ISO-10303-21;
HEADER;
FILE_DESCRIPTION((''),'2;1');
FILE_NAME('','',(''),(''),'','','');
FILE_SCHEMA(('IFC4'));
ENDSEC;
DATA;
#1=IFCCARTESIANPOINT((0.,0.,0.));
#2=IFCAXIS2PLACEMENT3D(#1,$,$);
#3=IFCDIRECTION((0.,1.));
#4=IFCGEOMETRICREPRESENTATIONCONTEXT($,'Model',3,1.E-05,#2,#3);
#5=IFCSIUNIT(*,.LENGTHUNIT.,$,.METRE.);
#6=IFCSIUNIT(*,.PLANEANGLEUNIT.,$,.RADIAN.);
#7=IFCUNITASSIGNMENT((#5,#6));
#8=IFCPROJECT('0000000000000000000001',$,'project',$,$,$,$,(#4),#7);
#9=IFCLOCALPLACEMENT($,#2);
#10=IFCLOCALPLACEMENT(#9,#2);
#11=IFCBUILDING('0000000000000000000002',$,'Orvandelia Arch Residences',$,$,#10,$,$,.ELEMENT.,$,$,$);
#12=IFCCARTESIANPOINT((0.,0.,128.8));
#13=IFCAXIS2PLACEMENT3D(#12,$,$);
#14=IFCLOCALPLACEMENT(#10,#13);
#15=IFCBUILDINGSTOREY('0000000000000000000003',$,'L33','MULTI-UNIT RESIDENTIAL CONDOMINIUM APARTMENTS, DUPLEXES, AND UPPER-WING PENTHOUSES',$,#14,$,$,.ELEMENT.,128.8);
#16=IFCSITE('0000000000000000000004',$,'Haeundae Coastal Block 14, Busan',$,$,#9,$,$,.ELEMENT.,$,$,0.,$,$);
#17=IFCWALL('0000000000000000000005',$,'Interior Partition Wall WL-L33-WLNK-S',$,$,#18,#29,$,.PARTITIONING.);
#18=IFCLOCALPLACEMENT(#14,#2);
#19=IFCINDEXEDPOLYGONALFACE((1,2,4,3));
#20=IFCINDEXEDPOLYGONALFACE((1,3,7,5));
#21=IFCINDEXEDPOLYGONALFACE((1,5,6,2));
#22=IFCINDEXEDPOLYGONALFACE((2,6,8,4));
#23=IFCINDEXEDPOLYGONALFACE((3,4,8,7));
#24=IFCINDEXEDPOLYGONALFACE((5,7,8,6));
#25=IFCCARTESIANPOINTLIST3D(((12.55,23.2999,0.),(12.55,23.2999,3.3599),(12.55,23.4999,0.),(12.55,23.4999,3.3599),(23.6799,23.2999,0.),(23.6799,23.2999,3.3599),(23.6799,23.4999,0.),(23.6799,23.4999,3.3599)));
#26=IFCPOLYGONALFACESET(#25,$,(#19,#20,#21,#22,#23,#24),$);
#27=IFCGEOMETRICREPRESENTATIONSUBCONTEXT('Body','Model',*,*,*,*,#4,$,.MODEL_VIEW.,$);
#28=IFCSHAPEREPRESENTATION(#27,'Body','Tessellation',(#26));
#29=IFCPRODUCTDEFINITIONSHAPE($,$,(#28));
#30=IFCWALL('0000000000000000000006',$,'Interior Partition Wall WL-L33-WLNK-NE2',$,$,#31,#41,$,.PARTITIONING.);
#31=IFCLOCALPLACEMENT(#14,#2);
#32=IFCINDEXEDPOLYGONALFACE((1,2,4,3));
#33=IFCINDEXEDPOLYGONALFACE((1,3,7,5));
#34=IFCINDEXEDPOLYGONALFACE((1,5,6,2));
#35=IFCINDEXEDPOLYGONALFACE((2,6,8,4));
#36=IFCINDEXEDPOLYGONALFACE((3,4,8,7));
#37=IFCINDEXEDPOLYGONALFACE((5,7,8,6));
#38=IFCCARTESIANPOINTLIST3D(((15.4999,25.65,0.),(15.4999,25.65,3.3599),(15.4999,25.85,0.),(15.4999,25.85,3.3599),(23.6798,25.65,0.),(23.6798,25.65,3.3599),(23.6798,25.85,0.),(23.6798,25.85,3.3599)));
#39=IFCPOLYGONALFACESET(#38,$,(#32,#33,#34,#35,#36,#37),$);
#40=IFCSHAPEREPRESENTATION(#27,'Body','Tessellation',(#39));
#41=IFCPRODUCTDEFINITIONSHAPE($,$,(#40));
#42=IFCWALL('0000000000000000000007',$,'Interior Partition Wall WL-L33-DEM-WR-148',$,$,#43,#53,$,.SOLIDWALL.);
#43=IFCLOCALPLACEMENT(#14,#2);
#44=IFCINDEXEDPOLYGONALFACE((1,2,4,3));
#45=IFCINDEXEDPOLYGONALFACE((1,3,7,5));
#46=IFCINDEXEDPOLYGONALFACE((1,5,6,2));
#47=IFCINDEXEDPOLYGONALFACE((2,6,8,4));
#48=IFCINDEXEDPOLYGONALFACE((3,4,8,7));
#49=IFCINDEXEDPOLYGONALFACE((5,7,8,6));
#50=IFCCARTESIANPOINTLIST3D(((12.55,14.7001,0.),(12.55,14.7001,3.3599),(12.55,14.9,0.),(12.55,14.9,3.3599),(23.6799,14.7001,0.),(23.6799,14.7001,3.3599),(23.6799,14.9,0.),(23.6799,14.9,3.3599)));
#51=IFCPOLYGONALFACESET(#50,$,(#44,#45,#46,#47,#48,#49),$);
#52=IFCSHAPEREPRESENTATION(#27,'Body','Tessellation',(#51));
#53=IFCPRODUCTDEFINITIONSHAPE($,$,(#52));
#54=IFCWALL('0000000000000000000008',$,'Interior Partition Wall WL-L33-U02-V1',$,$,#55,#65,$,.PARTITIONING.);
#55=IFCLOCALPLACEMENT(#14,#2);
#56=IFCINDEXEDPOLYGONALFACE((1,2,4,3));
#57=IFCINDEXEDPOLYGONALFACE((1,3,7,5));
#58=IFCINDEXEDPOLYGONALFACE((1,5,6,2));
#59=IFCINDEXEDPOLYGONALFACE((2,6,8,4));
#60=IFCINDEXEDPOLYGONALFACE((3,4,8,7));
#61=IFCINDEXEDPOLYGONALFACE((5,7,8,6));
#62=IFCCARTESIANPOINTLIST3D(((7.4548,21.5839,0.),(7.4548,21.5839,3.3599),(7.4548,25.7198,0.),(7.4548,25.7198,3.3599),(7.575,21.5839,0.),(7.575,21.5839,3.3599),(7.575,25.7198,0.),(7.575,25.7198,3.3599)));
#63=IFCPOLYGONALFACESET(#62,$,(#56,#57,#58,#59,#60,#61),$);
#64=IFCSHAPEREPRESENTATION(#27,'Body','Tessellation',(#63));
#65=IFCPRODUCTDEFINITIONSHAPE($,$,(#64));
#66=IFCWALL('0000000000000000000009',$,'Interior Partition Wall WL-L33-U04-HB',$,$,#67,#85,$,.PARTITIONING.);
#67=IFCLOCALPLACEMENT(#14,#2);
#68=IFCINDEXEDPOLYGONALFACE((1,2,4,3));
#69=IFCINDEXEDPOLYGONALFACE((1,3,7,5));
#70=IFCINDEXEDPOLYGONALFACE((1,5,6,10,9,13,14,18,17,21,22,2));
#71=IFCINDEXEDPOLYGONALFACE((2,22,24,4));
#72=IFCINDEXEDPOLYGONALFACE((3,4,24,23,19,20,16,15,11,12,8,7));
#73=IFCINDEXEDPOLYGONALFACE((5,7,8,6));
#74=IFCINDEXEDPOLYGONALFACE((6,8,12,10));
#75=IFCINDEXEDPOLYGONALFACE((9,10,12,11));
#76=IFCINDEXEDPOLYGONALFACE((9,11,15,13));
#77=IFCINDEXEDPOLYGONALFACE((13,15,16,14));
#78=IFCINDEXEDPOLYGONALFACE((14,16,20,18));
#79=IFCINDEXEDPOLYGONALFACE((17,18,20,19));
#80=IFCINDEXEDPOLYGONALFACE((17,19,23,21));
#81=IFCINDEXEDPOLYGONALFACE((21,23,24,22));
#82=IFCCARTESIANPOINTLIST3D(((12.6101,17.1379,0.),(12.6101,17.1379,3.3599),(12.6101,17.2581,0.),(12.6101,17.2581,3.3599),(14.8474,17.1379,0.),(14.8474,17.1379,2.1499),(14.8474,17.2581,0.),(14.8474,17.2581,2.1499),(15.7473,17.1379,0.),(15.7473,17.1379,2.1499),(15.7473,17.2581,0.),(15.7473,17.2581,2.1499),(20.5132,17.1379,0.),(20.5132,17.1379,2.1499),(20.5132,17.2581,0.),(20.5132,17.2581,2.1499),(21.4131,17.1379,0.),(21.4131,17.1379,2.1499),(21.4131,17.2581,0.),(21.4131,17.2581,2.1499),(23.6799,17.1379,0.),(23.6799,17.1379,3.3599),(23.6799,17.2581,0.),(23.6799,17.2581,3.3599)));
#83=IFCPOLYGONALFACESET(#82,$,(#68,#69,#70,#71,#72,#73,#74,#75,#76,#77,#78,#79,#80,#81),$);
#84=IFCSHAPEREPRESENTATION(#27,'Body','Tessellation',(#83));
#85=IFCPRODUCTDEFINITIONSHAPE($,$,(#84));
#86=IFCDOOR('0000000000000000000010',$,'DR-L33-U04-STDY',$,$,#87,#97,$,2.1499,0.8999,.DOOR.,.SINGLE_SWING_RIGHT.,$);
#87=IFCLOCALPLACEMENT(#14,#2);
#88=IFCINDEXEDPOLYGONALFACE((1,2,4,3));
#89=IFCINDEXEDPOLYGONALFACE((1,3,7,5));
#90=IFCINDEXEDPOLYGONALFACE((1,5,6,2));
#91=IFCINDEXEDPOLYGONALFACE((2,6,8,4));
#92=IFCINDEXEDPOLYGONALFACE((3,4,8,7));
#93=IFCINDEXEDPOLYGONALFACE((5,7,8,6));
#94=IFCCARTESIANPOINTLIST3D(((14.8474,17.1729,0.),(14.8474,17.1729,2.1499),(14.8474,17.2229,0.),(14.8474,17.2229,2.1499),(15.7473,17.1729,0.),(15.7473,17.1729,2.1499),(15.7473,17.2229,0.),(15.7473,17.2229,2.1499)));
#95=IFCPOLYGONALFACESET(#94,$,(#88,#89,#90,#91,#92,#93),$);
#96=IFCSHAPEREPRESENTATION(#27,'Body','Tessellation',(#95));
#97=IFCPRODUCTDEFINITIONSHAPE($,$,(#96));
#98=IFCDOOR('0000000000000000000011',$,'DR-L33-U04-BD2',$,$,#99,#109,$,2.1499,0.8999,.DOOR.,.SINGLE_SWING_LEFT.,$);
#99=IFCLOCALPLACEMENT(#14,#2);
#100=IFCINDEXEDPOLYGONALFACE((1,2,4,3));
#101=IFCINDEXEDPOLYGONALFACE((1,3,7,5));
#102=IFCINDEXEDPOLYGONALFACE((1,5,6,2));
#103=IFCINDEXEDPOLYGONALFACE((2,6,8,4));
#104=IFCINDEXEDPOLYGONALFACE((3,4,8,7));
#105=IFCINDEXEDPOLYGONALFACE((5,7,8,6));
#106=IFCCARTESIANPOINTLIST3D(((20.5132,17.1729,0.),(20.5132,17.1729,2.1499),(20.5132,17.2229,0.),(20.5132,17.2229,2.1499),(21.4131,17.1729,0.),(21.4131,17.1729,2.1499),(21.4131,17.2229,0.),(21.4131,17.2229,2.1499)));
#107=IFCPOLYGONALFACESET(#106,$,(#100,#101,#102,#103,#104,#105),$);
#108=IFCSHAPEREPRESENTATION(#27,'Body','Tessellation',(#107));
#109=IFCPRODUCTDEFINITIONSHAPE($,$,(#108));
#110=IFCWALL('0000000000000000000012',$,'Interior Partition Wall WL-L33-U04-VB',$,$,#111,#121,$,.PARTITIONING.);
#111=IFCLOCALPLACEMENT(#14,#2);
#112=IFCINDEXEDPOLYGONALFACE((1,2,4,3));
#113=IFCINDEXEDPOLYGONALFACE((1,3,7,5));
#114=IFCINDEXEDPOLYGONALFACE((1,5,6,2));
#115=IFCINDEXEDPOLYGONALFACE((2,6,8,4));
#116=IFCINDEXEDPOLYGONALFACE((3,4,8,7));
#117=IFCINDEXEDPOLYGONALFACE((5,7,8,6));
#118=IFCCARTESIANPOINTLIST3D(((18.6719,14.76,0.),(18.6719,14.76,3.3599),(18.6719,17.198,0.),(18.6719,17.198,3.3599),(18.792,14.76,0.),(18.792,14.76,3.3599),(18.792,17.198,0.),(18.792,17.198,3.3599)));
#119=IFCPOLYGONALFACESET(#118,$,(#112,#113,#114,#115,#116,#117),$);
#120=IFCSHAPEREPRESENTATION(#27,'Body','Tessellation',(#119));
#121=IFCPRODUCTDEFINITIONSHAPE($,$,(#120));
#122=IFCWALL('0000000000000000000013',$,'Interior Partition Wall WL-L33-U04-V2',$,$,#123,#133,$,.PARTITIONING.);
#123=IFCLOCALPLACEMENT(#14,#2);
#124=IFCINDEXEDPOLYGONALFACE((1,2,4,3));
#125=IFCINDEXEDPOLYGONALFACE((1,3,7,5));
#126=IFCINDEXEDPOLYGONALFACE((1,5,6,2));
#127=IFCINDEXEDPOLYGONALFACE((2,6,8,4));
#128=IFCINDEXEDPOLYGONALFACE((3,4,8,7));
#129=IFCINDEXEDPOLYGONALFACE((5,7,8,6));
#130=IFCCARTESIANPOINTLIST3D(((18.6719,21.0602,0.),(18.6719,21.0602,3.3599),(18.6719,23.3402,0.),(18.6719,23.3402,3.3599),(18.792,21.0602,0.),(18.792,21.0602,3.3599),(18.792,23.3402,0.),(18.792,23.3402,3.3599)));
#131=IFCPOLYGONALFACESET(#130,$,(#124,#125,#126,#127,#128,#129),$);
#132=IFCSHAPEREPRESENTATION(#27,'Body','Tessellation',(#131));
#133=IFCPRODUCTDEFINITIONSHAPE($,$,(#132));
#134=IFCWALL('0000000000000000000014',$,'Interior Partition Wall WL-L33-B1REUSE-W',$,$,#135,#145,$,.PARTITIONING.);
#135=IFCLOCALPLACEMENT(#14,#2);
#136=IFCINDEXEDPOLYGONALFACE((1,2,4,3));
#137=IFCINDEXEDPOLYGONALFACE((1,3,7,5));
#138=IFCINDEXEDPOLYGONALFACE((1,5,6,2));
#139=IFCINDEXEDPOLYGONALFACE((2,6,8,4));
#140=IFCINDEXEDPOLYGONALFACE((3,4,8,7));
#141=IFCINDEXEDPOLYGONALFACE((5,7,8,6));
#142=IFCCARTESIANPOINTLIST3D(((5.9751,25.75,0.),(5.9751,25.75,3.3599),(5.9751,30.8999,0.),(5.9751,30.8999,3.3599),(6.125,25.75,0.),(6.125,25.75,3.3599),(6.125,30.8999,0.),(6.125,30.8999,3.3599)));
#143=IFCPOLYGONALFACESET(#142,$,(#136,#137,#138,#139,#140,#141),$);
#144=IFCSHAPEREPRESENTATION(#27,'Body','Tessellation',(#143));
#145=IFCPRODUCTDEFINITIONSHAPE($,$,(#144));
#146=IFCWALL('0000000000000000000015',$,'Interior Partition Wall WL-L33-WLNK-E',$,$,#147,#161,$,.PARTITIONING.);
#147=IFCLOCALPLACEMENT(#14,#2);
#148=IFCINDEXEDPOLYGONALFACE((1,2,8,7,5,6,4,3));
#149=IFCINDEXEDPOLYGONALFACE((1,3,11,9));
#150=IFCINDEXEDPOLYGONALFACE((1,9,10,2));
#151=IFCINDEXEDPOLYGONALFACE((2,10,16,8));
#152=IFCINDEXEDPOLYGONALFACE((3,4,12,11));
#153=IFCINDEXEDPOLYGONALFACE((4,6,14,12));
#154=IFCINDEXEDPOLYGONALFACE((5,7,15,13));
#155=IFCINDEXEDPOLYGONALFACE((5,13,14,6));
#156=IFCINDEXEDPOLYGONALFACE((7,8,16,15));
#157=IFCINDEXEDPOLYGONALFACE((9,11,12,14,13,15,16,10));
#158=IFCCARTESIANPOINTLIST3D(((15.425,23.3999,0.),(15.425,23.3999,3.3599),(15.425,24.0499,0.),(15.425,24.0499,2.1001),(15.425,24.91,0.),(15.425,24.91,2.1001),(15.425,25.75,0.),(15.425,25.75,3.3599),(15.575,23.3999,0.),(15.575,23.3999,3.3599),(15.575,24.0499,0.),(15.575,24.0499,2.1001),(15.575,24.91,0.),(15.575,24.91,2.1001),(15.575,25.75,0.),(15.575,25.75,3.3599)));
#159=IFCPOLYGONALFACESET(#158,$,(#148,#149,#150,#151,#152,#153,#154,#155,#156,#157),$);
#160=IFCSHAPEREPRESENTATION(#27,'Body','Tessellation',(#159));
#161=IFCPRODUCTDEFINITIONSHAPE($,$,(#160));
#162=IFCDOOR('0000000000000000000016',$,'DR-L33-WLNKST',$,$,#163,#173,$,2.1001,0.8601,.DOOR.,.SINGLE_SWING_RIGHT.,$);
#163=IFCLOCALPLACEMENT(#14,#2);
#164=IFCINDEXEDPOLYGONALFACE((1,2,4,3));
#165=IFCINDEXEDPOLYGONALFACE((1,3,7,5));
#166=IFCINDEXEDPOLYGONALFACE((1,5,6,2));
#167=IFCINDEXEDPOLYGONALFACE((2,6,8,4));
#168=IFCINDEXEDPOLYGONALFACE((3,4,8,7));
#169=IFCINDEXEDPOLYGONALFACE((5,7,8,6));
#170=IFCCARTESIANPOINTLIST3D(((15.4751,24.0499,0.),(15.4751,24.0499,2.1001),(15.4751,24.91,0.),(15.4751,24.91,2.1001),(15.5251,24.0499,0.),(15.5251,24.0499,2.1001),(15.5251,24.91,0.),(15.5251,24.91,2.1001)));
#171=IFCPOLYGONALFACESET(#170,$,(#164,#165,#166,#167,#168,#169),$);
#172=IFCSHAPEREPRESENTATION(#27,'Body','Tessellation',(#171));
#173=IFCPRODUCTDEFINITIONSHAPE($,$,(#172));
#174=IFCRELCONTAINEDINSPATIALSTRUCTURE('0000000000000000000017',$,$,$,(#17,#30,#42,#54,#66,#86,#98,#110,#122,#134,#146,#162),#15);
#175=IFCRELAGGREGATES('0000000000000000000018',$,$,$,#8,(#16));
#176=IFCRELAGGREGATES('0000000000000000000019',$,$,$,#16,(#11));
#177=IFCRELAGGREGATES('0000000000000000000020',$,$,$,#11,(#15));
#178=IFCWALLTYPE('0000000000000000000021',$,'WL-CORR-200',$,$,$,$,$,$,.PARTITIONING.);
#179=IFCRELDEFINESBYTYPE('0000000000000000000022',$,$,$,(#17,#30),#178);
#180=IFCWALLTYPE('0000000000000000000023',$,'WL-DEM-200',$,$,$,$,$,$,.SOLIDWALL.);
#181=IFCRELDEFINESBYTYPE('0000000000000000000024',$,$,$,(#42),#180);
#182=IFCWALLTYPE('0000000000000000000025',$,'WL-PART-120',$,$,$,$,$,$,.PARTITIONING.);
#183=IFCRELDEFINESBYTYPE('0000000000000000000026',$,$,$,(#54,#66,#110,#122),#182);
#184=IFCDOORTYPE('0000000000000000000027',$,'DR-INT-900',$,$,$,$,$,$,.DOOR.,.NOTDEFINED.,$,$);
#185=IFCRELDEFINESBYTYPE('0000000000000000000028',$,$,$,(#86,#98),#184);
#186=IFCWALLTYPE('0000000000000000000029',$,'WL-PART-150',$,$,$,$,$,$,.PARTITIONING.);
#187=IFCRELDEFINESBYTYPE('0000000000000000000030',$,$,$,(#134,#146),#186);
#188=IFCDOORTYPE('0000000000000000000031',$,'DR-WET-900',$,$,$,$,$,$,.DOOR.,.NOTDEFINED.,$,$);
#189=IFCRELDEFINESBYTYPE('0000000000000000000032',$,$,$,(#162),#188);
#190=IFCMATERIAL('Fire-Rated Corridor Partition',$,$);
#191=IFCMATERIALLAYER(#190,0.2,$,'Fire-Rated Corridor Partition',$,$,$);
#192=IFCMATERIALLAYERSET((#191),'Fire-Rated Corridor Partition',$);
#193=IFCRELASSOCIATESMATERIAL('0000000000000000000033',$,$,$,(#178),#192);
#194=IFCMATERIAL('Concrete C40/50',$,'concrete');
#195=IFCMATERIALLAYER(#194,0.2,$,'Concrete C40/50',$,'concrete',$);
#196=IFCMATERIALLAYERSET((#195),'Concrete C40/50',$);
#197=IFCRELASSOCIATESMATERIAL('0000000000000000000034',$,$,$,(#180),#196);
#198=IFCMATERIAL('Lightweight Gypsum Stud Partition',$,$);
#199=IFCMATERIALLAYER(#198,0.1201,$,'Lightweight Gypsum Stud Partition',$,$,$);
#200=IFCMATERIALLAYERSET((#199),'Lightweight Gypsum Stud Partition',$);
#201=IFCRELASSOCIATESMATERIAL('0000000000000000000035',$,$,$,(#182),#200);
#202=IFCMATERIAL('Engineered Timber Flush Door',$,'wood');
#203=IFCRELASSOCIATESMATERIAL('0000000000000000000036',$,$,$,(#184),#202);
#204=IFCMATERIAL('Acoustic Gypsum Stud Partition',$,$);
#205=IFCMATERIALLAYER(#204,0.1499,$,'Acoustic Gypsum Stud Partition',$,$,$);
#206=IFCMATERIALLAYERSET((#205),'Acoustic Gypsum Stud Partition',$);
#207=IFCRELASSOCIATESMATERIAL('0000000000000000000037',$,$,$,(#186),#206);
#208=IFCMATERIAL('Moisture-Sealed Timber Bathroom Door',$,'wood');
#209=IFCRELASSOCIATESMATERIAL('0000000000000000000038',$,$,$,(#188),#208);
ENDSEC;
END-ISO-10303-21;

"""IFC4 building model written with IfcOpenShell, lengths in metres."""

from ifc_helpers import new_model, si_unit, direction, frame, frame_2d, origin, place, context, subcontext, project, spatial, rectangle, extrude, material, layer, layer_set, type_object, element, fill, save


model = new_model("IFC4")

# Units and contexts
model_context = context("Model", 3, precision=1e-05, world=origin(), true_north=direction((0.0, 1.0)))
body_context = subcontext(model_context, "Body", "Model", "MODEL_VIEW")
ifc_project = project(units=[si_unit("LENGTHUNIT", "METRE"), si_unit("PLANEANGLEUNIT", "RADIAN")], contexts=[model_context])

# Site, building, storey
site_placement = place(None, origin())
site = spatial("IfcSite", under=ifc_project, at=site_placement, Name="Haeundae Coastal Block 14, Busan", CompositionType="ELEMENT", RefElevation=0.0)
building_placement = place(site_placement, origin())
building = spatial("IfcBuilding", under=site, at=building_placement, Name="Orvandelia Arch Residences", CompositionType="ELEMENT")
storey_placement = place(building_placement, frame((0.0, 0.0, 128.8)))
storey = spatial("IfcBuildingStorey", under=building, at=storey_placement, Name="L33", Description="MULTI-UNIT RESIDENTIAL CONDOMINIUM APARTMENTS, DUPLEXES, AND UPPER-WING PENTHOUSES", CompositionType="ELEMENT", Elevation=128.8)

# Walls
ifc_material_1 = material(Name="Fire-Rated Corridor Partition")
ifc_layer_1 = layer(ifc_material_1, 0.2, Name="Fire-Rated Corridor Partition")
ifc_layer_set_1 = layer_set([ifc_layer_1], Name="Fire-Rated Corridor Partition")
wall_type_1 = type_object("IfcWallType", Name="WL-CORR-200", PredefinedType="PARTITIONING", material=ifc_layer_set_1)
wall_1_placement = place(storey_placement, frame((12.55, 23.3999, 0.0), z_axis=(0.0, 0.0, 1.0), x_axis=(1.0, 0.0, 0.0)))
element("IfcWall", 1, at=wall_1_placement, inside=storey, type_object=wall_type_1, Name="Interior Partition Wall WL-L33-WLNK-S", PredefinedType="PARTITIONING", context=body_context, shape_type="SweptSolid", body=[
    extrude(rectangle(XDim=11.1299, YDim=0.2, at=frame_2d((5.5649, 0.0))), origin(), (0.0, 0.0, 1.0), 3.3599),
])
wall_2_placement = place(storey_placement, frame((15.5, 25.75, 0.0), z_axis=(0.0, 0.0, 1.0), x_axis=(1.0, 0.0, 0.0)))
element("IfcWall", 2, at=wall_2_placement, inside=storey, type_object=wall_type_1, Name="Interior Partition Wall WL-L33-WLNK-NE2", PredefinedType="PARTITIONING", context=body_context, shape_type="SweptSolid", body=[
    extrude(rectangle(XDim=8.1799, YDim=0.2, at=frame_2d((4.0898, 0.0))), origin(), (0.0, 0.0, 1.0), 3.3599),
])
ifc_material_2 = material(Name="Concrete C40/50", Category="concrete")
ifc_layer_2 = layer(ifc_material_2, 0.2, Name="Concrete C40/50", Category="concrete")
ifc_layer_set_2 = layer_set([ifc_layer_2], Name="Concrete C40/50")
wall_type_2 = type_object("IfcWallType", Name="WL-DEM-200", PredefinedType="SOLIDWALL", material=ifc_layer_set_2)
wall_3_placement = place(storey_placement, frame((12.55, 14.8, 0.0), z_axis=(0.0, 0.0, 1.0), x_axis=(1.0, 0.0, 0.0)))
element("IfcWall", 3, at=wall_3_placement, inside=storey, type_object=wall_type_2, Name="Interior Partition Wall WL-L33-DEM-WR-148", PredefinedType="SOLIDWALL", context=body_context, shape_type="SweptSolid", body=[
    extrude(rectangle(XDim=11.1299, YDim=0.2, at=frame_2d((5.5649, 0.0))), origin(), (0.0, 0.0, 1.0), 3.3599),
])
ifc_material_3 = material(Name="Lightweight Gypsum Stud Partition")
ifc_layer_3 = layer(ifc_material_3, 0.1201, Name="Lightweight Gypsum Stud Partition")
ifc_layer_set_3 = layer_set([ifc_layer_3], Name="Lightweight Gypsum Stud Partition")
wall_type_3 = type_object("IfcWallType", Name="WL-PART-120", PredefinedType="PARTITIONING", material=ifc_layer_set_3)
wall_4_placement = place(storey_placement, frame((7.5149, 21.584, 0.0), z_axis=(0.0, 0.0, 1.0), x_axis=(0.0, 1.0, 0.0)))
element("IfcWall", 4, at=wall_4_placement, inside=storey, type_object=wall_type_3, Name="Interior Partition Wall WL-L33-U02-V1", PredefinedType="PARTITIONING", context=body_context, shape_type="SweptSolid", body=[
    extrude(rectangle(XDim=4.136, YDim=0.1201, at=frame_2d((2.0679, 0.0))), origin(), (0.0, 0.0, 1.0), 3.3599),
])

# Wall, openings, doors
wall_5_placement = place(storey_placement, frame((12.6101, 17.198, 0.0), z_axis=(0.0, 0.0, 1.0), x_axis=(1.0, 0.0, 0.0)))
wall_5 = element("IfcWall", 5, at=wall_5_placement, inside=storey, type_object=wall_type_3, Name="Interior Partition Wall WL-L33-U04-HB", PredefinedType="PARTITIONING", context=body_context, shape_type="SweptSolid", body=[
    extrude(rectangle(XDim=11.0698, YDim=0.1201, at=frame_2d((5.5349, 0.0))), origin(), (0.0, 0.0, 1.0), 3.3599),
])
opening_1_placement = place(wall_5_placement, frame((2.2373, 0.0, 0.0)))
opening_1 = element("IfcOpeningElement", 6, at=opening_1_placement, cuts=wall_5, PredefinedType="OPENING", context=body_context, shape_type="SweptSolid", body=[
    extrude(rectangle(XDim=0.8999, YDim=2.1499, at=frame_2d((0.45, 1.075))), frame((0.0, 0.0701, 0.0), z_axis=(0.0, -1.0, 0.0), x_axis=(1.0, 0.0, 0.0)), (0.0, 0.0, 1.0), 0.1401),
])
opening_2_placement = place(wall_5_placement, frame((7.9031, 0.0, 0.0)))
opening_2 = element("IfcOpeningElement", 7, at=opening_2_placement, cuts=wall_5, PredefinedType="OPENING", context=body_context, shape_type="SweptSolid", body=[
    extrude(rectangle(XDim=0.8999, YDim=2.1499, at=frame_2d((0.45, 1.075))), frame((0.0, 0.0701, 0.0), z_axis=(0.0, -1.0, 0.0), x_axis=(1.0, 0.0, 0.0)), (0.0, 0.0, 1.0), 0.1401),
])
ifc_material_4 = material(Name="Engineered Timber Flush Door", Category="wood")
door_type_1 = type_object("IfcDoorType", Name="DR-INT-900", OperationType="NOTDEFINED", PredefinedType="DOOR", material=ifc_material_4)
door_1_placement = place(opening_1_placement, origin())
door_1 = element("IfcDoor", 8, at=door_1_placement, inside=storey, type_object=door_type_1, Name="DR-L33-U04-STDY", OperationType="SINGLE_SWING_RIGHT", OverallHeight=2.1499, OverallWidth=0.8999, PredefinedType="DOOR", context=body_context, shape_type="SweptSolid", body=[
    extrude(rectangle(XDim=0.8999, YDim=2.1499, at=frame_2d((0.45, 1.075))), frame((0.0, 0.0249, 0.0), z_axis=(0.0, -1.0, 0.0), x_axis=(1.0, 0.0, 0.0)), (0.0, 0.0, 1.0), 0.05),
])
fill(opening_1, door_1)
door_2_placement = place(opening_2_placement, origin())
door_2 = element("IfcDoor", 9, at=door_2_placement, inside=storey, type_object=door_type_1, Name="DR-L33-U04-BD2", OperationType="SINGLE_SWING_LEFT", OverallHeight=2.1499, OverallWidth=0.8999, PredefinedType="DOOR", context=body_context, shape_type="SweptSolid", body=[
    extrude(rectangle(XDim=0.8999, YDim=2.1499, at=frame_2d((0.45, 1.075))), frame((0.0, 0.0249, 0.0), z_axis=(0.0, -1.0, 0.0), x_axis=(1.0, 0.0, 0.0)), (0.0, 0.0, 1.0), 0.05),
])
fill(opening_2, door_2)

# Walls
wall_6_placement = place(storey_placement, frame((18.7319, 14.76, 0.0), z_axis=(0.0, 0.0, 1.0), x_axis=(0.0, 1.0, 0.0)))
element("IfcWall", 10, at=wall_6_placement, inside=storey, type_object=wall_type_3, Name="Interior Partition Wall WL-L33-U04-VB", PredefinedType="PARTITIONING", context=body_context, shape_type="SweptSolid", body=[
    extrude(rectangle(XDim=2.438, YDim=0.1201, at=frame_2d((1.219, 0.0))), origin(), (0.0, 0.0, 1.0), 3.3599),
])
wall_7_placement = place(storey_placement, frame((18.7319, 21.0601, 0.0), z_axis=(0.0, 0.0, 1.0), x_axis=(0.0, 1.0, 0.0)))
element("IfcWall", 11, at=wall_7_placement, inside=storey, type_object=wall_type_3, Name="Interior Partition Wall WL-L33-U04-V2", PredefinedType="PARTITIONING", context=body_context, shape_type="SweptSolid", body=[
    extrude(rectangle(XDim=2.28, YDim=0.1201, at=frame_2d((1.1401, 0.0))), origin(), (0.0, 0.0, 1.0), 3.3599),
])
ifc_material_5 = material(Name="Acoustic Gypsum Stud Partition")
ifc_layer_4 = layer(ifc_material_5, 0.1499, Name="Acoustic Gypsum Stud Partition")
ifc_layer_set_4 = layer_set([ifc_layer_4], Name="Acoustic Gypsum Stud Partition")
wall_type_4 = type_object("IfcWallType", Name="WL-PART-150", PredefinedType="PARTITIONING", material=ifc_layer_set_4)
wall_8_placement = place(storey_placement, frame((6.05, 25.75, 0.0), z_axis=(0.0, 0.0, 1.0), x_axis=(0.0, 1.0, 0.0)))
element("IfcWall", 12, at=wall_8_placement, inside=storey, type_object=wall_type_4, Name="Interior Partition Wall WL-L33-B1REUSE-W", PredefinedType="PARTITIONING", context=body_context, shape_type="SweptSolid", body=[
    extrude(rectangle(XDim=5.1499, YDim=0.1499, at=frame_2d((2.575, 0.0))), origin(), (0.0, 0.0, 1.0), 3.3599),
])

# Wall, opening, door
wall_9_placement = place(storey_placement, frame((15.5, 23.3999, 0.0), z_axis=(0.0, 0.0, 1.0), x_axis=(0.0, 1.0, 0.0)))
wall_9 = element("IfcWall", 13, at=wall_9_placement, inside=storey, type_object=wall_type_4, Name="Interior Partition Wall WL-L33-WLNK-E", PredefinedType="PARTITIONING", context=body_context, shape_type="SweptSolid", body=[
    extrude(rectangle(XDim=2.3501, YDim=0.1499, at=frame_2d((1.175, 0.0))), origin(), (0.0, 0.0, 1.0), 3.3599),
])
opening_3_placement = place(wall_9_placement, frame((0.6499, 0.0, 0.0)))
opening_3 = element("IfcOpeningElement", 14, at=opening_3_placement, cuts=wall_9, PredefinedType="OPENING", context=body_context, shape_type="SweptSolid", body=[
    extrude(rectangle(XDim=0.8601, YDim=2.1001, at=frame_2d((0.4302, 1.05))), frame((0.0, 0.085, 0.0), z_axis=(0.0, -1.0, 0.0), x_axis=(1.0, 0.0, 0.0)), (0.0, 0.0, 1.0), 0.1699),
])
ifc_material_6 = material(Name="Moisture-Sealed Timber Bathroom Door", Category="wood")
door_type_2 = type_object("IfcDoorType", Name="DR-WET-900", OperationType="NOTDEFINED", PredefinedType="DOOR", material=ifc_material_6)
door_3_placement = place(opening_3_placement, origin())
door_3 = element("IfcDoor", 15, at=door_3_placement, inside=storey, type_object=door_type_2, Name="DR-L33-WLNKST", OperationType="SINGLE_SWING_RIGHT", OverallHeight=2.1001, OverallWidth=0.8601, PredefinedType="DOOR", context=body_context, shape_type="SweptSolid", body=[
    extrude(rectangle(XDim=0.8601, YDim=2.1001, at=frame_2d((0.4302, 1.05))), frame((0.0, 0.0249, 0.0), z_axis=(0.0, -1.0, 0.0), x_axis=(1.0, 0.0, 0.0)), (0.0, 0.0, 1.0), 0.05),
])
fill(opening_3, door_3)

save(model, "model.ifc")
